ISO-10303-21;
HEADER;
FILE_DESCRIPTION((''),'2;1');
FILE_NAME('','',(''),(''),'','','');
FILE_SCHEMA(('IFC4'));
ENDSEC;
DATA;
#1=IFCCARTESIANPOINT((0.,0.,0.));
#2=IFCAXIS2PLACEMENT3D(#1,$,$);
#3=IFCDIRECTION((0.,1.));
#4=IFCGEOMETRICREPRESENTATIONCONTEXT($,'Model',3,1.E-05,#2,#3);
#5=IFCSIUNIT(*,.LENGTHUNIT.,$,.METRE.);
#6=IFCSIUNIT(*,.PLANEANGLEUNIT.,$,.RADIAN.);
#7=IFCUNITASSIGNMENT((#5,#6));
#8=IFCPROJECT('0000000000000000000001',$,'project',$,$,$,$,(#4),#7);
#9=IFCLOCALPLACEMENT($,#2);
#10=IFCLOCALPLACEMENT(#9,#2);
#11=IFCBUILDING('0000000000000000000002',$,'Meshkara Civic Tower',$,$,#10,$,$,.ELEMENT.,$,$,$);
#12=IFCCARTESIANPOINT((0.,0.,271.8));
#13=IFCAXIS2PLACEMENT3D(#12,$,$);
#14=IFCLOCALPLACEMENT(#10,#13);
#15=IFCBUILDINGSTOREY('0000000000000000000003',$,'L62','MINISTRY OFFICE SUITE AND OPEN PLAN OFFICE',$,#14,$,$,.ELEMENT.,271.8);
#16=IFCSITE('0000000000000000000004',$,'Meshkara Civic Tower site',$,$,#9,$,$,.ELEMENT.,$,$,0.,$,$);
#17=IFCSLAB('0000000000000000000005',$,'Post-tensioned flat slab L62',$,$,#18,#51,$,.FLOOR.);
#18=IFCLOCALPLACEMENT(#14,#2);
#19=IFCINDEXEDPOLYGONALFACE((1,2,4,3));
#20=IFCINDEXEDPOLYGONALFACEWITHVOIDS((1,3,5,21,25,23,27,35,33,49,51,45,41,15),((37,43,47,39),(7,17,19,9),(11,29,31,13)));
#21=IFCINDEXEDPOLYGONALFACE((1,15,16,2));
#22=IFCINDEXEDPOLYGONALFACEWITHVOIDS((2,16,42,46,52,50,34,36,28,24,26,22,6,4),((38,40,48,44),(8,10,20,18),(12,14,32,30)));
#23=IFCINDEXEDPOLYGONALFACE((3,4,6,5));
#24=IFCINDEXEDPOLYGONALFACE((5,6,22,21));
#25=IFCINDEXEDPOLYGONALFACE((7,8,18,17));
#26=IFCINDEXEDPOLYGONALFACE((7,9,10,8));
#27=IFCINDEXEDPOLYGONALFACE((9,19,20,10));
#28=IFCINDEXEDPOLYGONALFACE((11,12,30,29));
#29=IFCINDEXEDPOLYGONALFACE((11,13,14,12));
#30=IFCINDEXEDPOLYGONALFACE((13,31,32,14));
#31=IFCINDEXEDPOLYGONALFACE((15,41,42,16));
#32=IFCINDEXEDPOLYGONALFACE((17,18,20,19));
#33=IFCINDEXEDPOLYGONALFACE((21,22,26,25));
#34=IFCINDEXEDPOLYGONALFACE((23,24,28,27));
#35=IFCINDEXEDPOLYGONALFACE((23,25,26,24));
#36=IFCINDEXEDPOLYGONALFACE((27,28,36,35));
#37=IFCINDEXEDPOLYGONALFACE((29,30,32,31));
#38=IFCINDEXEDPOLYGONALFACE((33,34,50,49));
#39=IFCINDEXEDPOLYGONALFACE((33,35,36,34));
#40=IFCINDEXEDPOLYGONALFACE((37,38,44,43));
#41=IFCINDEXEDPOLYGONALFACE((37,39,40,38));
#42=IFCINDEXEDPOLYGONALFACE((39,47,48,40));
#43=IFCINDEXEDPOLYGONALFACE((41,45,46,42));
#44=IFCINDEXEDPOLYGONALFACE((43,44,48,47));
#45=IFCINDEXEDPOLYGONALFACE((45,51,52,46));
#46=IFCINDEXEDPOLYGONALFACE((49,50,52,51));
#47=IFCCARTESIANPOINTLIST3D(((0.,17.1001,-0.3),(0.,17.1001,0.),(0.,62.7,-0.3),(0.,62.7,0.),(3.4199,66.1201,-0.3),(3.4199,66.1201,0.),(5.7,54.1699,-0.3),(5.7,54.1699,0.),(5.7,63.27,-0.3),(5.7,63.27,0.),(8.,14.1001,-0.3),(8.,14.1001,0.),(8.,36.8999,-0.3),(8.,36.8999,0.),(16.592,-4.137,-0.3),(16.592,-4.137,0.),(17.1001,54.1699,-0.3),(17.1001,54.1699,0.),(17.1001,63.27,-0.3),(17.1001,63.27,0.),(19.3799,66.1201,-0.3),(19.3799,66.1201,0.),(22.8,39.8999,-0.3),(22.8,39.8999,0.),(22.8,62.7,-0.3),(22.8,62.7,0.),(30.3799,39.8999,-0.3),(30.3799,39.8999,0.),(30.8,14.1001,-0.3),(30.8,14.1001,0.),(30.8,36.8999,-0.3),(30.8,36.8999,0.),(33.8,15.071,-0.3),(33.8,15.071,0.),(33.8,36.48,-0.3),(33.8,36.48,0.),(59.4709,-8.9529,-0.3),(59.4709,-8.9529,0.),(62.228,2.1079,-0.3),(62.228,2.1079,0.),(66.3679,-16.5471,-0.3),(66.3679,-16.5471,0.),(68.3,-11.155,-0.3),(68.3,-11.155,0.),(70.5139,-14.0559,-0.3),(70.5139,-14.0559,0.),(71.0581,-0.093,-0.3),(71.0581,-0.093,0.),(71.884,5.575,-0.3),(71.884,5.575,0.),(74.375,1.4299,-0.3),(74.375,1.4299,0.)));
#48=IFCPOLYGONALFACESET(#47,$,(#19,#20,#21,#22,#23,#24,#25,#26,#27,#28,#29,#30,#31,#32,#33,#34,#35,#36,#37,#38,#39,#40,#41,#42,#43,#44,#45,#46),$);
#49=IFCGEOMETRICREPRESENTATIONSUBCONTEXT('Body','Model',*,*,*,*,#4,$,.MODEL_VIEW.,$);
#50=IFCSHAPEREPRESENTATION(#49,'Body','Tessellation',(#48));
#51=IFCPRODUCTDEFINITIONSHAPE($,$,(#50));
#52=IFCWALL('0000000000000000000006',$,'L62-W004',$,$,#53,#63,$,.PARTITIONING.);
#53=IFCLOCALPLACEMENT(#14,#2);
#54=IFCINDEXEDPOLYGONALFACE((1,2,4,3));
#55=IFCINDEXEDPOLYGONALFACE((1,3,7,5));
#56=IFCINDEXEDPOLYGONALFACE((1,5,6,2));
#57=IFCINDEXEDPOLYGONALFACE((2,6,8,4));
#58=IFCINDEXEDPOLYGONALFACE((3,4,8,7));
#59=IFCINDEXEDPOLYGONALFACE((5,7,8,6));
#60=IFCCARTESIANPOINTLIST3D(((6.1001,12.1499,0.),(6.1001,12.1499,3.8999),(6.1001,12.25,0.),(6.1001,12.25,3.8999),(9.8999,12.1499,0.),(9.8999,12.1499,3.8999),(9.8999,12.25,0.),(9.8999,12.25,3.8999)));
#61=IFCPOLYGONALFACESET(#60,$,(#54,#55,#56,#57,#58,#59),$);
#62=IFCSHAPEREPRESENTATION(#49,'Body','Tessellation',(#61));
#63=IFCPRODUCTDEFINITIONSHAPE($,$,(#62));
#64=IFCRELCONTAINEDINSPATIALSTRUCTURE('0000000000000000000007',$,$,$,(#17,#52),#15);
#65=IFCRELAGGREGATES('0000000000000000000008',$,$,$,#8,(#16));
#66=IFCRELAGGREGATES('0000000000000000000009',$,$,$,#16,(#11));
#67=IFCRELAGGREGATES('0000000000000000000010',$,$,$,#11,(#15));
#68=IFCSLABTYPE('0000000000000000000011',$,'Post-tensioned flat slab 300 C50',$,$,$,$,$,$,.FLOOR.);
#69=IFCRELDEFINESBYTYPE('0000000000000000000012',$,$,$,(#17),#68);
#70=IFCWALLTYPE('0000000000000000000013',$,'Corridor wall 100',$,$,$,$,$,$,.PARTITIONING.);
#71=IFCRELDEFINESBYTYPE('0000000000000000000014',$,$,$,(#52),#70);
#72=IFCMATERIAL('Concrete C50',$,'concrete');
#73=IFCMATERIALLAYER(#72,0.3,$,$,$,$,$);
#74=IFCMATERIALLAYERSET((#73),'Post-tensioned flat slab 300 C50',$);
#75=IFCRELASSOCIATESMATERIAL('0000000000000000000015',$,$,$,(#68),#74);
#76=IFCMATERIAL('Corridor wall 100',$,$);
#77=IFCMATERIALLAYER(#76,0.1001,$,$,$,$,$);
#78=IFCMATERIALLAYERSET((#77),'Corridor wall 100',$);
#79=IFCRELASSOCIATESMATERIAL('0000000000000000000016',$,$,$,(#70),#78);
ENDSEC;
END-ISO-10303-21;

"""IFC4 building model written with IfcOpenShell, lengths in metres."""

from ifc_helpers import new_model, si_unit, direction, frame, frame_2d, origin, place, context, subcontext, project, spatial, polyline, rectangle, outline, extrude, material, layer, layer_set, type_object, element, save


model = new_model("IFC4")

# Units and contexts
model_context = context("Model", 3, precision=1e-05, world=origin(), true_north=direction((0.0, 1.0)))
body_context = subcontext(model_context, "Body", "Model", "MODEL_VIEW")
ifc_project = project(units=[si_unit("LENGTHUNIT", "METRE"), si_unit("PLANEANGLEUNIT", "RADIAN")], contexts=[model_context])

# Site, building, storey
site_placement = place(None, origin())
site = spatial("IfcSite", under=ifc_project, at=site_placement, Name="Meshkara Civic Tower site", CompositionType="ELEMENT", RefElevation=0.0)
building_placement = place(site_placement, origin())
building = spatial("IfcBuilding", under=site, at=building_placement, Name="Meshkara Civic Tower", CompositionType="ELEMENT")
storey_placement = place(building_placement, frame((0.0, 0.0, 271.8)))
storey = spatial("IfcBuildingStorey", under=building, at=storey_placement, Name="L62", Description="MINISTRY OFFICE SUITE AND OPEN PLAN OFFICE", CompositionType="ELEMENT", Elevation=271.8)

# Slab
ifc_material_1 = material(Name="Concrete C50", Category="concrete")
ifc_layer_1 = layer(ifc_material_1, 0.3)
ifc_layer_set_1 = layer_set([ifc_layer_1], Name="Post-tensioned flat slab 300 C50")
slab_type_1 = type_object("IfcSlabType", Name="Post-tensioned flat slab 300 C50", PredefinedType="FLOOR", material=ifc_layer_set_1)
slab_1_placement = place(storey_placement, frame((0.0, 0.0, -0.3)))
element("IfcSlab", 1, at=slab_1_placement, inside=storey, type_object=slab_type_1, Name="Post-tensioned flat slab L62", PredefinedType="FLOOR", context=body_context, shape_type="SweptSolid", body=[
    extrude(outline(polyline([(70.5139, -14.0559), (66.3679, -16.5471), (16.592, -4.137), (0.0, 17.1001), (0.0, 62.7), (3.4199, 66.1201), (19.3799, 66.1201), (22.8, 62.7), (22.8, 39.8999), (30.3799, 39.8999), (33.8, 36.48), (33.8, 15.071), (71.884, 5.575), (74.375, 1.4299), (70.5139, -14.0559)]), holes=[polyline([(68.3, -11.155), (71.0581, -0.093), (62.228, 2.1079), (59.4709, -8.9529), (68.3, -11.155)]), polyline([(8.0, 14.1001), (30.8, 14.1001), (30.8, 36.8999), (8.0, 36.8999), (8.0, 14.1001)]), polyline([(5.7, 63.27), (5.7, 54.1699), (17.1001, 54.1699), (17.1001, 63.27), (5.7, 63.27)])]), origin(), (0.0, 0.0, 1.0), 0.3),
])

# Wall
ifc_material_2 = material(Name="Corridor wall 100")
ifc_layer_2 = layer(ifc_material_2, 0.1001)
ifc_layer_set_2 = layer_set([ifc_layer_2], Name="Corridor wall 100")
wall_type_1 = type_object("IfcWallType", Name="Corridor wall 100", PredefinedType="PARTITIONING", material=ifc_layer_set_2)
wall_1_placement = place(storey_placement, frame((6.1001, 12.2, 0.0), z_axis=(0.0, 0.0, 1.0), x_axis=(1.0, 0.0, 0.0)))
element("IfcWall", 2, at=wall_1_placement, inside=storey, type_object=wall_type_1, Name="L62-W004", PredefinedType="PARTITIONING", context=body_context, shape_type="SweptSolid", body=[
    extrude(rectangle(XDim=3.7998, YDim=0.1001, at=frame_2d((1.8999, 0.0))), origin(), (0.0, 0.0, 1.0), 3.8999),
])

save(model, "model.ifc")
